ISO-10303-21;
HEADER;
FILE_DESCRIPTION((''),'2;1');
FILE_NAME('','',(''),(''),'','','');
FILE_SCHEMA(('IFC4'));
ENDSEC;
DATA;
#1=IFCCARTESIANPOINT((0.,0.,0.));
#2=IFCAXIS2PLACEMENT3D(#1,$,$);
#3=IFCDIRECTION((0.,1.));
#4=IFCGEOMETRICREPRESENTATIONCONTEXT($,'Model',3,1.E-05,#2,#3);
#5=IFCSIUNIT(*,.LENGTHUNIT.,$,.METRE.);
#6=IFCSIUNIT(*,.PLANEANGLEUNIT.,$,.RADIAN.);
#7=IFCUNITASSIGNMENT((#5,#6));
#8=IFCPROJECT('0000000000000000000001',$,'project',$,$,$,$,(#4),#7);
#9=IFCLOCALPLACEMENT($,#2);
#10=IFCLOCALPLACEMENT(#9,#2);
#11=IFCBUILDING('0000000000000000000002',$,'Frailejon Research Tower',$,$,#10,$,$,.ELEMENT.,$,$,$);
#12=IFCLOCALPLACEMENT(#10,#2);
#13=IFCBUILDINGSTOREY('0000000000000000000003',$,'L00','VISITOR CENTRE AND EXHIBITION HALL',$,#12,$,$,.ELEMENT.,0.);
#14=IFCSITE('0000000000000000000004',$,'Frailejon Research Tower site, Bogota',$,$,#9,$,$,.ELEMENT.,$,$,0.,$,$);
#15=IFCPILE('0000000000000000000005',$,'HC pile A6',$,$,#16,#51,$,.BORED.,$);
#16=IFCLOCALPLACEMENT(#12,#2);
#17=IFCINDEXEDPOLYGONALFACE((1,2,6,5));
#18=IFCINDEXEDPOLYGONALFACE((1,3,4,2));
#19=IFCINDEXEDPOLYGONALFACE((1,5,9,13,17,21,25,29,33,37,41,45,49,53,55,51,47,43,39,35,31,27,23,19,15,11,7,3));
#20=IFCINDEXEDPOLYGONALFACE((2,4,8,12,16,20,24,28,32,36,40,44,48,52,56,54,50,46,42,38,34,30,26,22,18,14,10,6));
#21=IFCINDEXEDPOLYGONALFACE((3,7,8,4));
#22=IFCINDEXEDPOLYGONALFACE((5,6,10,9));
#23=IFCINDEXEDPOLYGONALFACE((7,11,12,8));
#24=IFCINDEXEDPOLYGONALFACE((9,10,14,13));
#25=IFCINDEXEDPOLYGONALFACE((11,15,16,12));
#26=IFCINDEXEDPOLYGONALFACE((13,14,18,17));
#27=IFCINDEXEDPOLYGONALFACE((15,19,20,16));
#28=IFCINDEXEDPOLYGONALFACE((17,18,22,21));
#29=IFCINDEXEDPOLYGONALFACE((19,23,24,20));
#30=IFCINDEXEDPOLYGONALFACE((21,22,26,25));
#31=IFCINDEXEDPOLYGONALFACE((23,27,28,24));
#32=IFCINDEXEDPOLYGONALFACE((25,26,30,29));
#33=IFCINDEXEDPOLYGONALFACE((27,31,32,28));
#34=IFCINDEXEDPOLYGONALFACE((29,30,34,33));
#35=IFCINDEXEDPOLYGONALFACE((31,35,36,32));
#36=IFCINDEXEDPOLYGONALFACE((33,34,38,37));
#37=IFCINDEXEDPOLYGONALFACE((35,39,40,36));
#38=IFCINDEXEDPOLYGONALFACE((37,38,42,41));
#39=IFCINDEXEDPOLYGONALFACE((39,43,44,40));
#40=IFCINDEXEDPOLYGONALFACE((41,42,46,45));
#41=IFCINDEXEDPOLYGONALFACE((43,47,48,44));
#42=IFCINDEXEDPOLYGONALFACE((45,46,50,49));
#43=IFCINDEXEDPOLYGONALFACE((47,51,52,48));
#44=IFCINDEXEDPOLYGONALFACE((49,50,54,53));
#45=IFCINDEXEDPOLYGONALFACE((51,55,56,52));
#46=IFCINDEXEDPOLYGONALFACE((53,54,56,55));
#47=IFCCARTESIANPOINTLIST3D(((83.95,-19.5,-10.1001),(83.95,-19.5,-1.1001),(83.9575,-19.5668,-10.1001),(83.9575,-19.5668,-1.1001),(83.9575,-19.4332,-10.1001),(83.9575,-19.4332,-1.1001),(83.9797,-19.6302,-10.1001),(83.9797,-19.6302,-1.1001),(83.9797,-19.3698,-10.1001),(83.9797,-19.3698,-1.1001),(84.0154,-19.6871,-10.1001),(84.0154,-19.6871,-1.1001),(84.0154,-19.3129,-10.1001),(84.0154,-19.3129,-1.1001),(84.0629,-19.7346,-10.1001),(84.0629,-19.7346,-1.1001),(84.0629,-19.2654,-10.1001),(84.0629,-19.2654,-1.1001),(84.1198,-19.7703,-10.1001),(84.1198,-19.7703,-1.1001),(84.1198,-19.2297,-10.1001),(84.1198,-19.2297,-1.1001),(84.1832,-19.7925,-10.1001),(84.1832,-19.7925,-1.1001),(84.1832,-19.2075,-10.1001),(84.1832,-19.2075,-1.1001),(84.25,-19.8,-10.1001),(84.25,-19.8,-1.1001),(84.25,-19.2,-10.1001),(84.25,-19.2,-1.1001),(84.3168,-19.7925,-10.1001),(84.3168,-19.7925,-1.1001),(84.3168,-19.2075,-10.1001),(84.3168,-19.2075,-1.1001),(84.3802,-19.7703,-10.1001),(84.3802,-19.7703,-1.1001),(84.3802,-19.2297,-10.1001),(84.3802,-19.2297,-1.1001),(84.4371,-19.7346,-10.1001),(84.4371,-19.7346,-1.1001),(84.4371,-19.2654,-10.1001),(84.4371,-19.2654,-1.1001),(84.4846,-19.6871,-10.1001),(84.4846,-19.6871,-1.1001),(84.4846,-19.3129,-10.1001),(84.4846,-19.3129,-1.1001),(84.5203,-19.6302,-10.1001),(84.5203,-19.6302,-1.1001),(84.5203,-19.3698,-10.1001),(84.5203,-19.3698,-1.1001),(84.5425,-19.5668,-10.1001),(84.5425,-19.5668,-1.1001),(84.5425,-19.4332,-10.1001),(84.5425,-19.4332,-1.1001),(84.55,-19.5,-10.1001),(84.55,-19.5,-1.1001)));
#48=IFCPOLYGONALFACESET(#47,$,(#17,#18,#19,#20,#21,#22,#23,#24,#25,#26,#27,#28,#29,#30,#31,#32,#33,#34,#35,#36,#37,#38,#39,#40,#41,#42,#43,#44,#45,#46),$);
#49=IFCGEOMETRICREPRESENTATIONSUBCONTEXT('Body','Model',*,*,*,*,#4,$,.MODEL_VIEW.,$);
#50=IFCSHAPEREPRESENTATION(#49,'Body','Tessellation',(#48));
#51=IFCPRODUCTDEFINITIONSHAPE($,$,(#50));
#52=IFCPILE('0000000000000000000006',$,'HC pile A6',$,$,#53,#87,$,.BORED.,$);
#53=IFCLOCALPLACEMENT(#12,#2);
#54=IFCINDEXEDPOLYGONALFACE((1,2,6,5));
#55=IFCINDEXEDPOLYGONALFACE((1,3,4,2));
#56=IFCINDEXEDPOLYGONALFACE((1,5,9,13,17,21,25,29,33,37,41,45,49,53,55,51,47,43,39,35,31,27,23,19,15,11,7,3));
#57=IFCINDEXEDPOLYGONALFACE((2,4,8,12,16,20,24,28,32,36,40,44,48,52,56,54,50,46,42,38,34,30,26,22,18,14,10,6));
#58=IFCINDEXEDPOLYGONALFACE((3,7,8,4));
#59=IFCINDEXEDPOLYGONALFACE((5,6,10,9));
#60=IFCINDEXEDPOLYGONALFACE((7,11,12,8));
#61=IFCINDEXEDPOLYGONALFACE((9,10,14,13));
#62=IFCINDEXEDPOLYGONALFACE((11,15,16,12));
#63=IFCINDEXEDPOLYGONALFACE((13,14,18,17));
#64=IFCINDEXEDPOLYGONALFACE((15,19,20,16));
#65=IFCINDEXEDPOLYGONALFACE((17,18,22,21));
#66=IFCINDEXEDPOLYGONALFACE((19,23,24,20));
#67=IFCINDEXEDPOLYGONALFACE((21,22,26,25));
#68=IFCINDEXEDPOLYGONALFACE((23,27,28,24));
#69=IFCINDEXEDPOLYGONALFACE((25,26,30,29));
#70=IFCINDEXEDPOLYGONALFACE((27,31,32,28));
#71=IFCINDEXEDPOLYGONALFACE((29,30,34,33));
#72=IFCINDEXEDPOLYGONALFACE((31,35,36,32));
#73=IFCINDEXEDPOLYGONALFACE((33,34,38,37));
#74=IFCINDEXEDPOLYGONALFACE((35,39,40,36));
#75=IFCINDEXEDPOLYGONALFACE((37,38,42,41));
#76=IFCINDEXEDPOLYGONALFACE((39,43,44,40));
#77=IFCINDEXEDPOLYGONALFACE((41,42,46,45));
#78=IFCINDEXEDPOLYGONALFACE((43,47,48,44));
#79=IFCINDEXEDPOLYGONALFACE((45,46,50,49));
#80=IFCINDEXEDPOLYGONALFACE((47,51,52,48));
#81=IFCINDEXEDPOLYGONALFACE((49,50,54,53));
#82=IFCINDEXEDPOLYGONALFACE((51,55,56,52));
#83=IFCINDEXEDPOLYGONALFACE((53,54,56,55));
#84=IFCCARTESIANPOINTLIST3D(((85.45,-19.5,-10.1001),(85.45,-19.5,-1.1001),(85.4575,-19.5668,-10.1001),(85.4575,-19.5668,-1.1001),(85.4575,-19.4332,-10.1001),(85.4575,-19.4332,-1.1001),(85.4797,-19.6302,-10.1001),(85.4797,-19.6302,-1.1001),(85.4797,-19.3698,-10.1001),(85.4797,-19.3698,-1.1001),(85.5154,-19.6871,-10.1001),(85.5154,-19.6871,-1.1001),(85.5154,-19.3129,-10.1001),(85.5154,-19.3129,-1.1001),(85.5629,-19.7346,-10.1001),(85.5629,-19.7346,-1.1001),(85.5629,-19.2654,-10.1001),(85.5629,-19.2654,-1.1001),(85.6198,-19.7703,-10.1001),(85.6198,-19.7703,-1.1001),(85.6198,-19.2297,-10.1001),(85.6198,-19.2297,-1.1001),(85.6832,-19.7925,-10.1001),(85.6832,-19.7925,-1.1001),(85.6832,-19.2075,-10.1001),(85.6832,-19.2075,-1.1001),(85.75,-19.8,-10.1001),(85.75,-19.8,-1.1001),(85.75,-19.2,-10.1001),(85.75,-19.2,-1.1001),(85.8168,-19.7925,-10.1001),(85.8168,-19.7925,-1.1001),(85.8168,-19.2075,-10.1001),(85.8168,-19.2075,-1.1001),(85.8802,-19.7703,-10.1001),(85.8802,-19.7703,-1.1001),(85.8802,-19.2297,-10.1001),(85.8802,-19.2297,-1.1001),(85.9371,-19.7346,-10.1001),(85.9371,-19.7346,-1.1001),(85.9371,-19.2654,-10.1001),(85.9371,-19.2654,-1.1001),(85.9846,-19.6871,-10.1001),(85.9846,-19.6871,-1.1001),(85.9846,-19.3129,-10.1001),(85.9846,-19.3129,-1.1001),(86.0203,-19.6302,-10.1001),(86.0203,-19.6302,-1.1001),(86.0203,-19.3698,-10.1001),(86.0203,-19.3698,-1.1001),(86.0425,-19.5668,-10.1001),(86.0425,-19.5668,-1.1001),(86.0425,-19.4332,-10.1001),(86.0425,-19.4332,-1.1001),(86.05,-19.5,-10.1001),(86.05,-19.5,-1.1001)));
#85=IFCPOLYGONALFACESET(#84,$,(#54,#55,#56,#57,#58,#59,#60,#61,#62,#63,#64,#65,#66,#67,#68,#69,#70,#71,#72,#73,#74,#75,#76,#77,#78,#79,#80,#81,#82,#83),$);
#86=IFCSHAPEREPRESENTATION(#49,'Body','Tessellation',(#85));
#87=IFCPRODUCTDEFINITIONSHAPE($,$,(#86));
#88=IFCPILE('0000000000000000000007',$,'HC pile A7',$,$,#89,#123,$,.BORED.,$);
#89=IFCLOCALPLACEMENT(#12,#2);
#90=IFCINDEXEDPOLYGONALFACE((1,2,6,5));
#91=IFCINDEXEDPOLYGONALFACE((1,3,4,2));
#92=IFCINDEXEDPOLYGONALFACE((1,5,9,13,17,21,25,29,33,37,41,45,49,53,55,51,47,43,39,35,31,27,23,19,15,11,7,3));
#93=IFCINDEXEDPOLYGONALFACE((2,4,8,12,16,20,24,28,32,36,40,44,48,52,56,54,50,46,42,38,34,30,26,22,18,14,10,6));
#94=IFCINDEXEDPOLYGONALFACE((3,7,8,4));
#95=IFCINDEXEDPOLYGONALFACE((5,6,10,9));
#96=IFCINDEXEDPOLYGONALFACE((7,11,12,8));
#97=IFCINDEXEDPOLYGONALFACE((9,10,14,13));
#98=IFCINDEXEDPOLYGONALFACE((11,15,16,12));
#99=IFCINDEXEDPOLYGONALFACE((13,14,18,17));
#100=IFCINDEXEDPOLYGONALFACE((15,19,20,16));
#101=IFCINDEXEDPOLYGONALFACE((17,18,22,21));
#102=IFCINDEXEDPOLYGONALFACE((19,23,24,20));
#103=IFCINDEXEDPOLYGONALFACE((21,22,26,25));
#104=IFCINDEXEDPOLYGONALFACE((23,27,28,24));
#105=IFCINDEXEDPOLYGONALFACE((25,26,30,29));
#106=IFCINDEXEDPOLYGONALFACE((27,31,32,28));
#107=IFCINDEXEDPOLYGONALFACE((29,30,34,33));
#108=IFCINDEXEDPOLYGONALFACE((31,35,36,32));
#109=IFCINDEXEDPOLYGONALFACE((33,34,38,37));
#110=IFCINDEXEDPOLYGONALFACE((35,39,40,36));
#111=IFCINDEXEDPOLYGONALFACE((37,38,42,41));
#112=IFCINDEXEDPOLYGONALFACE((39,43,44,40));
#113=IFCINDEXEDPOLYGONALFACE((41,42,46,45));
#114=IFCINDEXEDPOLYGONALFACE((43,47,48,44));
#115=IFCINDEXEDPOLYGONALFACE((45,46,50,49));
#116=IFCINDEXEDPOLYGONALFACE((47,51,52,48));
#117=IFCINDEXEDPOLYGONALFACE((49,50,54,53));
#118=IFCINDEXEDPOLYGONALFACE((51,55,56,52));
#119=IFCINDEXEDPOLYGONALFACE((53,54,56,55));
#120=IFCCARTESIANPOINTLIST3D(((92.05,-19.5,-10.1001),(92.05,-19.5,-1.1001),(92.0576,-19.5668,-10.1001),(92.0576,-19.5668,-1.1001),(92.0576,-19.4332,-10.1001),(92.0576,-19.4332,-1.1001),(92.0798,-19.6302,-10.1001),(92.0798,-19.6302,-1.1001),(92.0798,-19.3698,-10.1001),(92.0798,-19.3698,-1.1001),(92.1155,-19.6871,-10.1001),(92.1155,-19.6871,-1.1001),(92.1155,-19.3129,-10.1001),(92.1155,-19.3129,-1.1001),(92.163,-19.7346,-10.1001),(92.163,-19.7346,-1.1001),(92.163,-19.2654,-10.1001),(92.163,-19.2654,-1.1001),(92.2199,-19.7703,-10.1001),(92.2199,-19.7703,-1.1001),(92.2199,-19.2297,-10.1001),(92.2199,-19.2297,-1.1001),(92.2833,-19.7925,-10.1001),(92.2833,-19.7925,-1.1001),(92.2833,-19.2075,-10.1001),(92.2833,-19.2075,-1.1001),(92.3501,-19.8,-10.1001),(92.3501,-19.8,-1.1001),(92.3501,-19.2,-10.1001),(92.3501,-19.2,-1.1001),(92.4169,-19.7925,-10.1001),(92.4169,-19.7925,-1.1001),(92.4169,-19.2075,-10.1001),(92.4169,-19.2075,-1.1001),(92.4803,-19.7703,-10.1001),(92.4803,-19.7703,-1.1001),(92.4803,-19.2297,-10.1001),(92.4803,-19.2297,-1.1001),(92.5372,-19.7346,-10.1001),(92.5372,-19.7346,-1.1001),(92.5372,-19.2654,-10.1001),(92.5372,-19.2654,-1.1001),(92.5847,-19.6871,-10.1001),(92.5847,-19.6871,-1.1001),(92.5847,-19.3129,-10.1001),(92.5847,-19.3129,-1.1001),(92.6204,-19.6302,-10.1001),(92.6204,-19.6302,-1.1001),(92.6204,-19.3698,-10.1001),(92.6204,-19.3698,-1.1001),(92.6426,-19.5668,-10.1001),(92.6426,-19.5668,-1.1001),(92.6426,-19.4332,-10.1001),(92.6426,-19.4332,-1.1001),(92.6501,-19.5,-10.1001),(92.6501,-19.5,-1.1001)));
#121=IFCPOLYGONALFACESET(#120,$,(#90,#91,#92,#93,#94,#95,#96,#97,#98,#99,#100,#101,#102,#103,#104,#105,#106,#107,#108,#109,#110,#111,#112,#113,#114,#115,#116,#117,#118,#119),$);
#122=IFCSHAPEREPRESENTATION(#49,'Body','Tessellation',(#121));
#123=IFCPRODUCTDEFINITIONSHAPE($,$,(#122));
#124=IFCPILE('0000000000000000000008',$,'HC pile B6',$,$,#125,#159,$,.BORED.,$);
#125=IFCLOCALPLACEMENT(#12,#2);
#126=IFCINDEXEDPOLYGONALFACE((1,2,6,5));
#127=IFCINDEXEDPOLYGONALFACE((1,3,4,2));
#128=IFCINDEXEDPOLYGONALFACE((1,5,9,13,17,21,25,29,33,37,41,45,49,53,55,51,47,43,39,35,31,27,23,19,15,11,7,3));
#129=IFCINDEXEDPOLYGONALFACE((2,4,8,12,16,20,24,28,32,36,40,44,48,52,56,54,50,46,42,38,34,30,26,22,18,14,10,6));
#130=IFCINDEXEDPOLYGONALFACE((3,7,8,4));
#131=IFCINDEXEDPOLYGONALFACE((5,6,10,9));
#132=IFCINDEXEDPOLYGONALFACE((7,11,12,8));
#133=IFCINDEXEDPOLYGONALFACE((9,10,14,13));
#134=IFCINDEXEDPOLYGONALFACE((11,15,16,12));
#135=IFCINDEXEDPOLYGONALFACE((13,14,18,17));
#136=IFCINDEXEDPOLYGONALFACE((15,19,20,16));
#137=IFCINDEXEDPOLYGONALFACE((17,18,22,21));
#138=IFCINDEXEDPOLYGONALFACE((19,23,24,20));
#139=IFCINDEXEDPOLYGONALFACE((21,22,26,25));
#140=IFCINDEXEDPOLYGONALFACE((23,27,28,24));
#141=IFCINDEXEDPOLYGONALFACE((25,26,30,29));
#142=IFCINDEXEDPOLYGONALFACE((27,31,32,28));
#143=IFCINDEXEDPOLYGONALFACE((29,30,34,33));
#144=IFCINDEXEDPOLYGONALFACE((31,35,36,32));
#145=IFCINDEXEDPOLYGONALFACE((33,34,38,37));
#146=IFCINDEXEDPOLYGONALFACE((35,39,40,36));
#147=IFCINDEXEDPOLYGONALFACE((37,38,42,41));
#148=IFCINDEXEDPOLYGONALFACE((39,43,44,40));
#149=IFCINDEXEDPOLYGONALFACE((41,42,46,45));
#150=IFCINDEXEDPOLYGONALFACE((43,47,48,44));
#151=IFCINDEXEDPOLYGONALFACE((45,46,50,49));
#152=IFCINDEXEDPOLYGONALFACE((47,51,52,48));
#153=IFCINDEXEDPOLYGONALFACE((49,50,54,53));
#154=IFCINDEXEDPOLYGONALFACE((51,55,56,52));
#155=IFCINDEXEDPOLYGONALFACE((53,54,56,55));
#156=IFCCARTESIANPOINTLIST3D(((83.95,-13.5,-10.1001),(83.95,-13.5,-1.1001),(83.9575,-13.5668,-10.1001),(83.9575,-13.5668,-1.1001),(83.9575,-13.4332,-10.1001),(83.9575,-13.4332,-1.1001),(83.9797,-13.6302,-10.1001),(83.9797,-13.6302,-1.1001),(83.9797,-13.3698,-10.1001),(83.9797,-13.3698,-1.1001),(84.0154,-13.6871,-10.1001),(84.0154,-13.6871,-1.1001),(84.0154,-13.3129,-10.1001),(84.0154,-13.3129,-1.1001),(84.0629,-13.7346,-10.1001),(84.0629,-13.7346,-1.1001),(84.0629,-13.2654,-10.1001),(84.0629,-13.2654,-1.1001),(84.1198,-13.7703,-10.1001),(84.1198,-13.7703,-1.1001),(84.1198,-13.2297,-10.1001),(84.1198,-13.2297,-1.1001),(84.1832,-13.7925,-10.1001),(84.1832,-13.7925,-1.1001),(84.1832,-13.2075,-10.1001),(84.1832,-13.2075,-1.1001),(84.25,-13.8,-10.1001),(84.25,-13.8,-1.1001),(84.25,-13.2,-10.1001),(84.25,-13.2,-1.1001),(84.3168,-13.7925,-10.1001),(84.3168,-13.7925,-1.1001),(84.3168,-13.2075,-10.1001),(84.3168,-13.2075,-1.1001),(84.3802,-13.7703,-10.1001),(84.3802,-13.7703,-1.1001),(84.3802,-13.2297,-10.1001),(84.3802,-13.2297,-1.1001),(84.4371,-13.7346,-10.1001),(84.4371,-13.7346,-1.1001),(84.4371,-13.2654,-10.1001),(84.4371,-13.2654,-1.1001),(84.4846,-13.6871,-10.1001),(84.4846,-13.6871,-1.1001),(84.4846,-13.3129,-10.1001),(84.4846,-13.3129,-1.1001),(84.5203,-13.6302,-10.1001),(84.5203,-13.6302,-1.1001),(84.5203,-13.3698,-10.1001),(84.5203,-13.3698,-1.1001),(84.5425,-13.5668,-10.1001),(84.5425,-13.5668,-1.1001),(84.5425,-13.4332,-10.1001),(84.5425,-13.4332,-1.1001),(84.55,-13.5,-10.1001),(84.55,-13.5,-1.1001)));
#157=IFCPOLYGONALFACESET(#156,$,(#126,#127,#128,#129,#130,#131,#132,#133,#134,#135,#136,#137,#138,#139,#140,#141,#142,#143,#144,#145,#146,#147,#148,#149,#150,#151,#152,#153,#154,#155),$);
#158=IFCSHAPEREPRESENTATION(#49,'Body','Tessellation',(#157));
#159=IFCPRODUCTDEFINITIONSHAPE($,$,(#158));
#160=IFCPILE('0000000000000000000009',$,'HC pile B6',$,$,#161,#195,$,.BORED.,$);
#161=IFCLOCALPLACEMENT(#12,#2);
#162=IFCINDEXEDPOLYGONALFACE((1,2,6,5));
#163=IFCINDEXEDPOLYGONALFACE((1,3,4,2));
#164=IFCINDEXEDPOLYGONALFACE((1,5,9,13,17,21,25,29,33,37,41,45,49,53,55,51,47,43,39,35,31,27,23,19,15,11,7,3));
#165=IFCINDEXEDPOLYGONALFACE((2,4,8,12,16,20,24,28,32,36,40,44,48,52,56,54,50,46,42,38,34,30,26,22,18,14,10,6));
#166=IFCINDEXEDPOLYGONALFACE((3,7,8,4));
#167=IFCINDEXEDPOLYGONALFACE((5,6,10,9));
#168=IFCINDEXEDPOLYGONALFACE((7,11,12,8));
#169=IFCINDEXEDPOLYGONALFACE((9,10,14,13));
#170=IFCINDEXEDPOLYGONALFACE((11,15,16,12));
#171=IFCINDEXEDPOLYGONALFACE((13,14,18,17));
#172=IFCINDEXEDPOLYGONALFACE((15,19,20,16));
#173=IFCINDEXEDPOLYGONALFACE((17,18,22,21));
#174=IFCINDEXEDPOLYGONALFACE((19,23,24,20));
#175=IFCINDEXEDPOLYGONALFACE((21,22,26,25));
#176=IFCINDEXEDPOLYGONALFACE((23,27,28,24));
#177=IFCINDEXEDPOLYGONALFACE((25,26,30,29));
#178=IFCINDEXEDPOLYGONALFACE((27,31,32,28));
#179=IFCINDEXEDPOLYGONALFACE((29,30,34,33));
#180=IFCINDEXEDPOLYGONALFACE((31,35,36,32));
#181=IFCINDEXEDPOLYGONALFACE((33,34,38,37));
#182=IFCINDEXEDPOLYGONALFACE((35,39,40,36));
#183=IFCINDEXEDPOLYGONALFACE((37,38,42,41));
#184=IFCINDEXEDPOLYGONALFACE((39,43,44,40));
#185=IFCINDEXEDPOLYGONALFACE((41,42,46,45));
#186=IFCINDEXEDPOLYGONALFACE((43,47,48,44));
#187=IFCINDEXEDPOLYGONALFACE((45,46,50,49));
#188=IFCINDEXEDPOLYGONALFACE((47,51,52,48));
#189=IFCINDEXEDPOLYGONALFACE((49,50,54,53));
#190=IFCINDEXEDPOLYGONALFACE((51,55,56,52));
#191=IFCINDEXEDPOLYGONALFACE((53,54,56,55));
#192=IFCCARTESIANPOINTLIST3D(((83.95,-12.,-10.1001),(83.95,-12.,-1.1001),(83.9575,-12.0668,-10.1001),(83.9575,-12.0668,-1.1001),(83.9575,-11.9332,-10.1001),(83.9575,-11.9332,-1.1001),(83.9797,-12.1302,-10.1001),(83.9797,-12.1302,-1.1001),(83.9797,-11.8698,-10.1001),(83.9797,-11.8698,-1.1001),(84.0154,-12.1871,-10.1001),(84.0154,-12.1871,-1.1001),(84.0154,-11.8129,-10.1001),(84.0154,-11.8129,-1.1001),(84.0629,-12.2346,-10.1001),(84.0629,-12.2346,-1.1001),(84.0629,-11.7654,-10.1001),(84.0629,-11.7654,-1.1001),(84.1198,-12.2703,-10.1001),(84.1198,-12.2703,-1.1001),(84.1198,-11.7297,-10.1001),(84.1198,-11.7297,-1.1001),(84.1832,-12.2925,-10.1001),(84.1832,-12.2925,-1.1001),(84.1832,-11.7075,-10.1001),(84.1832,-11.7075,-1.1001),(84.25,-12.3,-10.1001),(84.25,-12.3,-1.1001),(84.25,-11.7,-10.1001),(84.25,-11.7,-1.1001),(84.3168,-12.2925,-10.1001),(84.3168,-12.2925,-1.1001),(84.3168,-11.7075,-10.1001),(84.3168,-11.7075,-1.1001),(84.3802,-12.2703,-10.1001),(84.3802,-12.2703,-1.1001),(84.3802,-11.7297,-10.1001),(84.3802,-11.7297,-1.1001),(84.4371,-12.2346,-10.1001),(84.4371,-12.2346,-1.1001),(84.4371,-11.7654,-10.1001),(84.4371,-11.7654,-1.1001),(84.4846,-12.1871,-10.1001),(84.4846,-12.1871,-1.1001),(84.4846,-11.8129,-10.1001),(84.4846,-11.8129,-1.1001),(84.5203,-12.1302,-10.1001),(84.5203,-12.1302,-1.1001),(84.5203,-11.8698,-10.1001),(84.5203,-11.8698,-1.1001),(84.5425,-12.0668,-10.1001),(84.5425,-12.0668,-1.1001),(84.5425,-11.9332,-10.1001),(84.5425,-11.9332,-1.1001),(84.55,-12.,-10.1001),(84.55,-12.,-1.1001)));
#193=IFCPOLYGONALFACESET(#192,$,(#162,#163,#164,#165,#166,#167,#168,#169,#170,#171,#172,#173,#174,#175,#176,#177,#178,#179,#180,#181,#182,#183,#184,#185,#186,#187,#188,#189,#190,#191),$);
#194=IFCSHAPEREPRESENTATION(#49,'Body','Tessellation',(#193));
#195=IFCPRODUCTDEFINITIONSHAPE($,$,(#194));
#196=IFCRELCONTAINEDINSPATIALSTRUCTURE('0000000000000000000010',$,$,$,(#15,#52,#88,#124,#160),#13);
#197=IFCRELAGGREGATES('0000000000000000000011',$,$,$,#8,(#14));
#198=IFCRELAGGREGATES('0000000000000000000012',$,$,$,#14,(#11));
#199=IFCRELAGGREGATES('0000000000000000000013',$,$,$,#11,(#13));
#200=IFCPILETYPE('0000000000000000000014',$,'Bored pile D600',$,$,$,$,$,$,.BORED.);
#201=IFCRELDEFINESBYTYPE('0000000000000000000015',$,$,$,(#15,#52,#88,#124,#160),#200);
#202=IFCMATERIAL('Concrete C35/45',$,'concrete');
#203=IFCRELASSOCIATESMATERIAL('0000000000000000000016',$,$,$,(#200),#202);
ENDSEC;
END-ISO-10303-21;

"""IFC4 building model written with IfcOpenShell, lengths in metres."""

from ifc_helpers import new_model, si_unit, direction, frame, origin, origin_2d, place, context, subcontext, project, spatial, circle, extrude, material, material_profile, profile_set, type_object, element, save


model = new_model("IFC4")

# Units and contexts
model_context = context("Model", 3, precision=1e-05, world=origin(), true_north=direction((0.0, 1.0)))
body_context = subcontext(model_context, "Body", "Model", "MODEL_VIEW")
ifc_project = project(units=[si_unit("LENGTHUNIT", "METRE"), si_unit("PLANEANGLEUNIT", "RADIAN")], contexts=[model_context])

# Site, building, storey
site_placement = place(None, origin())
site = spatial("IfcSite", under=ifc_project, at=site_placement, Name="Frailejon Research Tower site, Bogota", CompositionType="ELEMENT", RefElevation=0.0)
building_placement = place(site_placement, origin())
building = spatial("IfcBuilding", under=site, at=building_placement, Name="Frailejon Research Tower", CompositionType="ELEMENT")
storey_placement = place(building_placement, origin())
storey = spatial("IfcBuildingStorey", under=building, at=storey_placement, Name="L00", Description="VISITOR CENTRE AND EXHIBITION HALL", CompositionType="ELEMENT", Elevation=0.0)

# Piles
ifc_material_1 = material(Name="Concrete C35/45", Category="concrete")
ifc_material_profile_1 = material_profile(ifc_material_1, circle(Radius=0.3, at=origin_2d()), Name="Bored pile D600")
ifc_profile_set_1 = profile_set([ifc_material_profile_1], Name="Concrete C35/45")
pile_type = type_object("IfcPileType", Name="Bored pile D600", PredefinedType="BORED", material=ifc_profile_set_1)
for number, where, z_axis, x_axis, name in (
    (1, (84.25, -19.5, -1.1001), (0.0, 0.0, -1.0), (1.0, 0.0, 0.0), "HC pile A6"),
    (2, (85.75, -19.5, -1.1001), (0.0, 0.0, -1.0), (1.0, 0.0, 0.0), "HC pile A6"),
    (3, (92.3501, -19.5, -1.1001), (0.0, 0.0, -1.0), (1.0, 0.0, 0.0), "HC pile A7"),
    (4, (84.25, -13.5, -1.1001), (0.0, 0.0, -1.0), (1.0, 0.0, 0.0), "HC pile B6"),
    (5, (84.25, -12.0, -1.1001), (0.0, 0.0, -1.0), (1.0, 0.0, 0.0), "HC pile B6"),
):
    element("IfcPile", number, at=place(storey_placement, frame(where, z_axis=z_axis, x_axis=x_axis)), inside=storey, type_object=pile_type, Name=name, PredefinedType="BORED", context=body_context, shape_type="SweptSolid", body=[
        extrude(circle(Radius=0.3, at=origin_2d()), origin(), (0.0, 0.0, 1.0), 9.0),
    ])

save(model, "model.ifc")
